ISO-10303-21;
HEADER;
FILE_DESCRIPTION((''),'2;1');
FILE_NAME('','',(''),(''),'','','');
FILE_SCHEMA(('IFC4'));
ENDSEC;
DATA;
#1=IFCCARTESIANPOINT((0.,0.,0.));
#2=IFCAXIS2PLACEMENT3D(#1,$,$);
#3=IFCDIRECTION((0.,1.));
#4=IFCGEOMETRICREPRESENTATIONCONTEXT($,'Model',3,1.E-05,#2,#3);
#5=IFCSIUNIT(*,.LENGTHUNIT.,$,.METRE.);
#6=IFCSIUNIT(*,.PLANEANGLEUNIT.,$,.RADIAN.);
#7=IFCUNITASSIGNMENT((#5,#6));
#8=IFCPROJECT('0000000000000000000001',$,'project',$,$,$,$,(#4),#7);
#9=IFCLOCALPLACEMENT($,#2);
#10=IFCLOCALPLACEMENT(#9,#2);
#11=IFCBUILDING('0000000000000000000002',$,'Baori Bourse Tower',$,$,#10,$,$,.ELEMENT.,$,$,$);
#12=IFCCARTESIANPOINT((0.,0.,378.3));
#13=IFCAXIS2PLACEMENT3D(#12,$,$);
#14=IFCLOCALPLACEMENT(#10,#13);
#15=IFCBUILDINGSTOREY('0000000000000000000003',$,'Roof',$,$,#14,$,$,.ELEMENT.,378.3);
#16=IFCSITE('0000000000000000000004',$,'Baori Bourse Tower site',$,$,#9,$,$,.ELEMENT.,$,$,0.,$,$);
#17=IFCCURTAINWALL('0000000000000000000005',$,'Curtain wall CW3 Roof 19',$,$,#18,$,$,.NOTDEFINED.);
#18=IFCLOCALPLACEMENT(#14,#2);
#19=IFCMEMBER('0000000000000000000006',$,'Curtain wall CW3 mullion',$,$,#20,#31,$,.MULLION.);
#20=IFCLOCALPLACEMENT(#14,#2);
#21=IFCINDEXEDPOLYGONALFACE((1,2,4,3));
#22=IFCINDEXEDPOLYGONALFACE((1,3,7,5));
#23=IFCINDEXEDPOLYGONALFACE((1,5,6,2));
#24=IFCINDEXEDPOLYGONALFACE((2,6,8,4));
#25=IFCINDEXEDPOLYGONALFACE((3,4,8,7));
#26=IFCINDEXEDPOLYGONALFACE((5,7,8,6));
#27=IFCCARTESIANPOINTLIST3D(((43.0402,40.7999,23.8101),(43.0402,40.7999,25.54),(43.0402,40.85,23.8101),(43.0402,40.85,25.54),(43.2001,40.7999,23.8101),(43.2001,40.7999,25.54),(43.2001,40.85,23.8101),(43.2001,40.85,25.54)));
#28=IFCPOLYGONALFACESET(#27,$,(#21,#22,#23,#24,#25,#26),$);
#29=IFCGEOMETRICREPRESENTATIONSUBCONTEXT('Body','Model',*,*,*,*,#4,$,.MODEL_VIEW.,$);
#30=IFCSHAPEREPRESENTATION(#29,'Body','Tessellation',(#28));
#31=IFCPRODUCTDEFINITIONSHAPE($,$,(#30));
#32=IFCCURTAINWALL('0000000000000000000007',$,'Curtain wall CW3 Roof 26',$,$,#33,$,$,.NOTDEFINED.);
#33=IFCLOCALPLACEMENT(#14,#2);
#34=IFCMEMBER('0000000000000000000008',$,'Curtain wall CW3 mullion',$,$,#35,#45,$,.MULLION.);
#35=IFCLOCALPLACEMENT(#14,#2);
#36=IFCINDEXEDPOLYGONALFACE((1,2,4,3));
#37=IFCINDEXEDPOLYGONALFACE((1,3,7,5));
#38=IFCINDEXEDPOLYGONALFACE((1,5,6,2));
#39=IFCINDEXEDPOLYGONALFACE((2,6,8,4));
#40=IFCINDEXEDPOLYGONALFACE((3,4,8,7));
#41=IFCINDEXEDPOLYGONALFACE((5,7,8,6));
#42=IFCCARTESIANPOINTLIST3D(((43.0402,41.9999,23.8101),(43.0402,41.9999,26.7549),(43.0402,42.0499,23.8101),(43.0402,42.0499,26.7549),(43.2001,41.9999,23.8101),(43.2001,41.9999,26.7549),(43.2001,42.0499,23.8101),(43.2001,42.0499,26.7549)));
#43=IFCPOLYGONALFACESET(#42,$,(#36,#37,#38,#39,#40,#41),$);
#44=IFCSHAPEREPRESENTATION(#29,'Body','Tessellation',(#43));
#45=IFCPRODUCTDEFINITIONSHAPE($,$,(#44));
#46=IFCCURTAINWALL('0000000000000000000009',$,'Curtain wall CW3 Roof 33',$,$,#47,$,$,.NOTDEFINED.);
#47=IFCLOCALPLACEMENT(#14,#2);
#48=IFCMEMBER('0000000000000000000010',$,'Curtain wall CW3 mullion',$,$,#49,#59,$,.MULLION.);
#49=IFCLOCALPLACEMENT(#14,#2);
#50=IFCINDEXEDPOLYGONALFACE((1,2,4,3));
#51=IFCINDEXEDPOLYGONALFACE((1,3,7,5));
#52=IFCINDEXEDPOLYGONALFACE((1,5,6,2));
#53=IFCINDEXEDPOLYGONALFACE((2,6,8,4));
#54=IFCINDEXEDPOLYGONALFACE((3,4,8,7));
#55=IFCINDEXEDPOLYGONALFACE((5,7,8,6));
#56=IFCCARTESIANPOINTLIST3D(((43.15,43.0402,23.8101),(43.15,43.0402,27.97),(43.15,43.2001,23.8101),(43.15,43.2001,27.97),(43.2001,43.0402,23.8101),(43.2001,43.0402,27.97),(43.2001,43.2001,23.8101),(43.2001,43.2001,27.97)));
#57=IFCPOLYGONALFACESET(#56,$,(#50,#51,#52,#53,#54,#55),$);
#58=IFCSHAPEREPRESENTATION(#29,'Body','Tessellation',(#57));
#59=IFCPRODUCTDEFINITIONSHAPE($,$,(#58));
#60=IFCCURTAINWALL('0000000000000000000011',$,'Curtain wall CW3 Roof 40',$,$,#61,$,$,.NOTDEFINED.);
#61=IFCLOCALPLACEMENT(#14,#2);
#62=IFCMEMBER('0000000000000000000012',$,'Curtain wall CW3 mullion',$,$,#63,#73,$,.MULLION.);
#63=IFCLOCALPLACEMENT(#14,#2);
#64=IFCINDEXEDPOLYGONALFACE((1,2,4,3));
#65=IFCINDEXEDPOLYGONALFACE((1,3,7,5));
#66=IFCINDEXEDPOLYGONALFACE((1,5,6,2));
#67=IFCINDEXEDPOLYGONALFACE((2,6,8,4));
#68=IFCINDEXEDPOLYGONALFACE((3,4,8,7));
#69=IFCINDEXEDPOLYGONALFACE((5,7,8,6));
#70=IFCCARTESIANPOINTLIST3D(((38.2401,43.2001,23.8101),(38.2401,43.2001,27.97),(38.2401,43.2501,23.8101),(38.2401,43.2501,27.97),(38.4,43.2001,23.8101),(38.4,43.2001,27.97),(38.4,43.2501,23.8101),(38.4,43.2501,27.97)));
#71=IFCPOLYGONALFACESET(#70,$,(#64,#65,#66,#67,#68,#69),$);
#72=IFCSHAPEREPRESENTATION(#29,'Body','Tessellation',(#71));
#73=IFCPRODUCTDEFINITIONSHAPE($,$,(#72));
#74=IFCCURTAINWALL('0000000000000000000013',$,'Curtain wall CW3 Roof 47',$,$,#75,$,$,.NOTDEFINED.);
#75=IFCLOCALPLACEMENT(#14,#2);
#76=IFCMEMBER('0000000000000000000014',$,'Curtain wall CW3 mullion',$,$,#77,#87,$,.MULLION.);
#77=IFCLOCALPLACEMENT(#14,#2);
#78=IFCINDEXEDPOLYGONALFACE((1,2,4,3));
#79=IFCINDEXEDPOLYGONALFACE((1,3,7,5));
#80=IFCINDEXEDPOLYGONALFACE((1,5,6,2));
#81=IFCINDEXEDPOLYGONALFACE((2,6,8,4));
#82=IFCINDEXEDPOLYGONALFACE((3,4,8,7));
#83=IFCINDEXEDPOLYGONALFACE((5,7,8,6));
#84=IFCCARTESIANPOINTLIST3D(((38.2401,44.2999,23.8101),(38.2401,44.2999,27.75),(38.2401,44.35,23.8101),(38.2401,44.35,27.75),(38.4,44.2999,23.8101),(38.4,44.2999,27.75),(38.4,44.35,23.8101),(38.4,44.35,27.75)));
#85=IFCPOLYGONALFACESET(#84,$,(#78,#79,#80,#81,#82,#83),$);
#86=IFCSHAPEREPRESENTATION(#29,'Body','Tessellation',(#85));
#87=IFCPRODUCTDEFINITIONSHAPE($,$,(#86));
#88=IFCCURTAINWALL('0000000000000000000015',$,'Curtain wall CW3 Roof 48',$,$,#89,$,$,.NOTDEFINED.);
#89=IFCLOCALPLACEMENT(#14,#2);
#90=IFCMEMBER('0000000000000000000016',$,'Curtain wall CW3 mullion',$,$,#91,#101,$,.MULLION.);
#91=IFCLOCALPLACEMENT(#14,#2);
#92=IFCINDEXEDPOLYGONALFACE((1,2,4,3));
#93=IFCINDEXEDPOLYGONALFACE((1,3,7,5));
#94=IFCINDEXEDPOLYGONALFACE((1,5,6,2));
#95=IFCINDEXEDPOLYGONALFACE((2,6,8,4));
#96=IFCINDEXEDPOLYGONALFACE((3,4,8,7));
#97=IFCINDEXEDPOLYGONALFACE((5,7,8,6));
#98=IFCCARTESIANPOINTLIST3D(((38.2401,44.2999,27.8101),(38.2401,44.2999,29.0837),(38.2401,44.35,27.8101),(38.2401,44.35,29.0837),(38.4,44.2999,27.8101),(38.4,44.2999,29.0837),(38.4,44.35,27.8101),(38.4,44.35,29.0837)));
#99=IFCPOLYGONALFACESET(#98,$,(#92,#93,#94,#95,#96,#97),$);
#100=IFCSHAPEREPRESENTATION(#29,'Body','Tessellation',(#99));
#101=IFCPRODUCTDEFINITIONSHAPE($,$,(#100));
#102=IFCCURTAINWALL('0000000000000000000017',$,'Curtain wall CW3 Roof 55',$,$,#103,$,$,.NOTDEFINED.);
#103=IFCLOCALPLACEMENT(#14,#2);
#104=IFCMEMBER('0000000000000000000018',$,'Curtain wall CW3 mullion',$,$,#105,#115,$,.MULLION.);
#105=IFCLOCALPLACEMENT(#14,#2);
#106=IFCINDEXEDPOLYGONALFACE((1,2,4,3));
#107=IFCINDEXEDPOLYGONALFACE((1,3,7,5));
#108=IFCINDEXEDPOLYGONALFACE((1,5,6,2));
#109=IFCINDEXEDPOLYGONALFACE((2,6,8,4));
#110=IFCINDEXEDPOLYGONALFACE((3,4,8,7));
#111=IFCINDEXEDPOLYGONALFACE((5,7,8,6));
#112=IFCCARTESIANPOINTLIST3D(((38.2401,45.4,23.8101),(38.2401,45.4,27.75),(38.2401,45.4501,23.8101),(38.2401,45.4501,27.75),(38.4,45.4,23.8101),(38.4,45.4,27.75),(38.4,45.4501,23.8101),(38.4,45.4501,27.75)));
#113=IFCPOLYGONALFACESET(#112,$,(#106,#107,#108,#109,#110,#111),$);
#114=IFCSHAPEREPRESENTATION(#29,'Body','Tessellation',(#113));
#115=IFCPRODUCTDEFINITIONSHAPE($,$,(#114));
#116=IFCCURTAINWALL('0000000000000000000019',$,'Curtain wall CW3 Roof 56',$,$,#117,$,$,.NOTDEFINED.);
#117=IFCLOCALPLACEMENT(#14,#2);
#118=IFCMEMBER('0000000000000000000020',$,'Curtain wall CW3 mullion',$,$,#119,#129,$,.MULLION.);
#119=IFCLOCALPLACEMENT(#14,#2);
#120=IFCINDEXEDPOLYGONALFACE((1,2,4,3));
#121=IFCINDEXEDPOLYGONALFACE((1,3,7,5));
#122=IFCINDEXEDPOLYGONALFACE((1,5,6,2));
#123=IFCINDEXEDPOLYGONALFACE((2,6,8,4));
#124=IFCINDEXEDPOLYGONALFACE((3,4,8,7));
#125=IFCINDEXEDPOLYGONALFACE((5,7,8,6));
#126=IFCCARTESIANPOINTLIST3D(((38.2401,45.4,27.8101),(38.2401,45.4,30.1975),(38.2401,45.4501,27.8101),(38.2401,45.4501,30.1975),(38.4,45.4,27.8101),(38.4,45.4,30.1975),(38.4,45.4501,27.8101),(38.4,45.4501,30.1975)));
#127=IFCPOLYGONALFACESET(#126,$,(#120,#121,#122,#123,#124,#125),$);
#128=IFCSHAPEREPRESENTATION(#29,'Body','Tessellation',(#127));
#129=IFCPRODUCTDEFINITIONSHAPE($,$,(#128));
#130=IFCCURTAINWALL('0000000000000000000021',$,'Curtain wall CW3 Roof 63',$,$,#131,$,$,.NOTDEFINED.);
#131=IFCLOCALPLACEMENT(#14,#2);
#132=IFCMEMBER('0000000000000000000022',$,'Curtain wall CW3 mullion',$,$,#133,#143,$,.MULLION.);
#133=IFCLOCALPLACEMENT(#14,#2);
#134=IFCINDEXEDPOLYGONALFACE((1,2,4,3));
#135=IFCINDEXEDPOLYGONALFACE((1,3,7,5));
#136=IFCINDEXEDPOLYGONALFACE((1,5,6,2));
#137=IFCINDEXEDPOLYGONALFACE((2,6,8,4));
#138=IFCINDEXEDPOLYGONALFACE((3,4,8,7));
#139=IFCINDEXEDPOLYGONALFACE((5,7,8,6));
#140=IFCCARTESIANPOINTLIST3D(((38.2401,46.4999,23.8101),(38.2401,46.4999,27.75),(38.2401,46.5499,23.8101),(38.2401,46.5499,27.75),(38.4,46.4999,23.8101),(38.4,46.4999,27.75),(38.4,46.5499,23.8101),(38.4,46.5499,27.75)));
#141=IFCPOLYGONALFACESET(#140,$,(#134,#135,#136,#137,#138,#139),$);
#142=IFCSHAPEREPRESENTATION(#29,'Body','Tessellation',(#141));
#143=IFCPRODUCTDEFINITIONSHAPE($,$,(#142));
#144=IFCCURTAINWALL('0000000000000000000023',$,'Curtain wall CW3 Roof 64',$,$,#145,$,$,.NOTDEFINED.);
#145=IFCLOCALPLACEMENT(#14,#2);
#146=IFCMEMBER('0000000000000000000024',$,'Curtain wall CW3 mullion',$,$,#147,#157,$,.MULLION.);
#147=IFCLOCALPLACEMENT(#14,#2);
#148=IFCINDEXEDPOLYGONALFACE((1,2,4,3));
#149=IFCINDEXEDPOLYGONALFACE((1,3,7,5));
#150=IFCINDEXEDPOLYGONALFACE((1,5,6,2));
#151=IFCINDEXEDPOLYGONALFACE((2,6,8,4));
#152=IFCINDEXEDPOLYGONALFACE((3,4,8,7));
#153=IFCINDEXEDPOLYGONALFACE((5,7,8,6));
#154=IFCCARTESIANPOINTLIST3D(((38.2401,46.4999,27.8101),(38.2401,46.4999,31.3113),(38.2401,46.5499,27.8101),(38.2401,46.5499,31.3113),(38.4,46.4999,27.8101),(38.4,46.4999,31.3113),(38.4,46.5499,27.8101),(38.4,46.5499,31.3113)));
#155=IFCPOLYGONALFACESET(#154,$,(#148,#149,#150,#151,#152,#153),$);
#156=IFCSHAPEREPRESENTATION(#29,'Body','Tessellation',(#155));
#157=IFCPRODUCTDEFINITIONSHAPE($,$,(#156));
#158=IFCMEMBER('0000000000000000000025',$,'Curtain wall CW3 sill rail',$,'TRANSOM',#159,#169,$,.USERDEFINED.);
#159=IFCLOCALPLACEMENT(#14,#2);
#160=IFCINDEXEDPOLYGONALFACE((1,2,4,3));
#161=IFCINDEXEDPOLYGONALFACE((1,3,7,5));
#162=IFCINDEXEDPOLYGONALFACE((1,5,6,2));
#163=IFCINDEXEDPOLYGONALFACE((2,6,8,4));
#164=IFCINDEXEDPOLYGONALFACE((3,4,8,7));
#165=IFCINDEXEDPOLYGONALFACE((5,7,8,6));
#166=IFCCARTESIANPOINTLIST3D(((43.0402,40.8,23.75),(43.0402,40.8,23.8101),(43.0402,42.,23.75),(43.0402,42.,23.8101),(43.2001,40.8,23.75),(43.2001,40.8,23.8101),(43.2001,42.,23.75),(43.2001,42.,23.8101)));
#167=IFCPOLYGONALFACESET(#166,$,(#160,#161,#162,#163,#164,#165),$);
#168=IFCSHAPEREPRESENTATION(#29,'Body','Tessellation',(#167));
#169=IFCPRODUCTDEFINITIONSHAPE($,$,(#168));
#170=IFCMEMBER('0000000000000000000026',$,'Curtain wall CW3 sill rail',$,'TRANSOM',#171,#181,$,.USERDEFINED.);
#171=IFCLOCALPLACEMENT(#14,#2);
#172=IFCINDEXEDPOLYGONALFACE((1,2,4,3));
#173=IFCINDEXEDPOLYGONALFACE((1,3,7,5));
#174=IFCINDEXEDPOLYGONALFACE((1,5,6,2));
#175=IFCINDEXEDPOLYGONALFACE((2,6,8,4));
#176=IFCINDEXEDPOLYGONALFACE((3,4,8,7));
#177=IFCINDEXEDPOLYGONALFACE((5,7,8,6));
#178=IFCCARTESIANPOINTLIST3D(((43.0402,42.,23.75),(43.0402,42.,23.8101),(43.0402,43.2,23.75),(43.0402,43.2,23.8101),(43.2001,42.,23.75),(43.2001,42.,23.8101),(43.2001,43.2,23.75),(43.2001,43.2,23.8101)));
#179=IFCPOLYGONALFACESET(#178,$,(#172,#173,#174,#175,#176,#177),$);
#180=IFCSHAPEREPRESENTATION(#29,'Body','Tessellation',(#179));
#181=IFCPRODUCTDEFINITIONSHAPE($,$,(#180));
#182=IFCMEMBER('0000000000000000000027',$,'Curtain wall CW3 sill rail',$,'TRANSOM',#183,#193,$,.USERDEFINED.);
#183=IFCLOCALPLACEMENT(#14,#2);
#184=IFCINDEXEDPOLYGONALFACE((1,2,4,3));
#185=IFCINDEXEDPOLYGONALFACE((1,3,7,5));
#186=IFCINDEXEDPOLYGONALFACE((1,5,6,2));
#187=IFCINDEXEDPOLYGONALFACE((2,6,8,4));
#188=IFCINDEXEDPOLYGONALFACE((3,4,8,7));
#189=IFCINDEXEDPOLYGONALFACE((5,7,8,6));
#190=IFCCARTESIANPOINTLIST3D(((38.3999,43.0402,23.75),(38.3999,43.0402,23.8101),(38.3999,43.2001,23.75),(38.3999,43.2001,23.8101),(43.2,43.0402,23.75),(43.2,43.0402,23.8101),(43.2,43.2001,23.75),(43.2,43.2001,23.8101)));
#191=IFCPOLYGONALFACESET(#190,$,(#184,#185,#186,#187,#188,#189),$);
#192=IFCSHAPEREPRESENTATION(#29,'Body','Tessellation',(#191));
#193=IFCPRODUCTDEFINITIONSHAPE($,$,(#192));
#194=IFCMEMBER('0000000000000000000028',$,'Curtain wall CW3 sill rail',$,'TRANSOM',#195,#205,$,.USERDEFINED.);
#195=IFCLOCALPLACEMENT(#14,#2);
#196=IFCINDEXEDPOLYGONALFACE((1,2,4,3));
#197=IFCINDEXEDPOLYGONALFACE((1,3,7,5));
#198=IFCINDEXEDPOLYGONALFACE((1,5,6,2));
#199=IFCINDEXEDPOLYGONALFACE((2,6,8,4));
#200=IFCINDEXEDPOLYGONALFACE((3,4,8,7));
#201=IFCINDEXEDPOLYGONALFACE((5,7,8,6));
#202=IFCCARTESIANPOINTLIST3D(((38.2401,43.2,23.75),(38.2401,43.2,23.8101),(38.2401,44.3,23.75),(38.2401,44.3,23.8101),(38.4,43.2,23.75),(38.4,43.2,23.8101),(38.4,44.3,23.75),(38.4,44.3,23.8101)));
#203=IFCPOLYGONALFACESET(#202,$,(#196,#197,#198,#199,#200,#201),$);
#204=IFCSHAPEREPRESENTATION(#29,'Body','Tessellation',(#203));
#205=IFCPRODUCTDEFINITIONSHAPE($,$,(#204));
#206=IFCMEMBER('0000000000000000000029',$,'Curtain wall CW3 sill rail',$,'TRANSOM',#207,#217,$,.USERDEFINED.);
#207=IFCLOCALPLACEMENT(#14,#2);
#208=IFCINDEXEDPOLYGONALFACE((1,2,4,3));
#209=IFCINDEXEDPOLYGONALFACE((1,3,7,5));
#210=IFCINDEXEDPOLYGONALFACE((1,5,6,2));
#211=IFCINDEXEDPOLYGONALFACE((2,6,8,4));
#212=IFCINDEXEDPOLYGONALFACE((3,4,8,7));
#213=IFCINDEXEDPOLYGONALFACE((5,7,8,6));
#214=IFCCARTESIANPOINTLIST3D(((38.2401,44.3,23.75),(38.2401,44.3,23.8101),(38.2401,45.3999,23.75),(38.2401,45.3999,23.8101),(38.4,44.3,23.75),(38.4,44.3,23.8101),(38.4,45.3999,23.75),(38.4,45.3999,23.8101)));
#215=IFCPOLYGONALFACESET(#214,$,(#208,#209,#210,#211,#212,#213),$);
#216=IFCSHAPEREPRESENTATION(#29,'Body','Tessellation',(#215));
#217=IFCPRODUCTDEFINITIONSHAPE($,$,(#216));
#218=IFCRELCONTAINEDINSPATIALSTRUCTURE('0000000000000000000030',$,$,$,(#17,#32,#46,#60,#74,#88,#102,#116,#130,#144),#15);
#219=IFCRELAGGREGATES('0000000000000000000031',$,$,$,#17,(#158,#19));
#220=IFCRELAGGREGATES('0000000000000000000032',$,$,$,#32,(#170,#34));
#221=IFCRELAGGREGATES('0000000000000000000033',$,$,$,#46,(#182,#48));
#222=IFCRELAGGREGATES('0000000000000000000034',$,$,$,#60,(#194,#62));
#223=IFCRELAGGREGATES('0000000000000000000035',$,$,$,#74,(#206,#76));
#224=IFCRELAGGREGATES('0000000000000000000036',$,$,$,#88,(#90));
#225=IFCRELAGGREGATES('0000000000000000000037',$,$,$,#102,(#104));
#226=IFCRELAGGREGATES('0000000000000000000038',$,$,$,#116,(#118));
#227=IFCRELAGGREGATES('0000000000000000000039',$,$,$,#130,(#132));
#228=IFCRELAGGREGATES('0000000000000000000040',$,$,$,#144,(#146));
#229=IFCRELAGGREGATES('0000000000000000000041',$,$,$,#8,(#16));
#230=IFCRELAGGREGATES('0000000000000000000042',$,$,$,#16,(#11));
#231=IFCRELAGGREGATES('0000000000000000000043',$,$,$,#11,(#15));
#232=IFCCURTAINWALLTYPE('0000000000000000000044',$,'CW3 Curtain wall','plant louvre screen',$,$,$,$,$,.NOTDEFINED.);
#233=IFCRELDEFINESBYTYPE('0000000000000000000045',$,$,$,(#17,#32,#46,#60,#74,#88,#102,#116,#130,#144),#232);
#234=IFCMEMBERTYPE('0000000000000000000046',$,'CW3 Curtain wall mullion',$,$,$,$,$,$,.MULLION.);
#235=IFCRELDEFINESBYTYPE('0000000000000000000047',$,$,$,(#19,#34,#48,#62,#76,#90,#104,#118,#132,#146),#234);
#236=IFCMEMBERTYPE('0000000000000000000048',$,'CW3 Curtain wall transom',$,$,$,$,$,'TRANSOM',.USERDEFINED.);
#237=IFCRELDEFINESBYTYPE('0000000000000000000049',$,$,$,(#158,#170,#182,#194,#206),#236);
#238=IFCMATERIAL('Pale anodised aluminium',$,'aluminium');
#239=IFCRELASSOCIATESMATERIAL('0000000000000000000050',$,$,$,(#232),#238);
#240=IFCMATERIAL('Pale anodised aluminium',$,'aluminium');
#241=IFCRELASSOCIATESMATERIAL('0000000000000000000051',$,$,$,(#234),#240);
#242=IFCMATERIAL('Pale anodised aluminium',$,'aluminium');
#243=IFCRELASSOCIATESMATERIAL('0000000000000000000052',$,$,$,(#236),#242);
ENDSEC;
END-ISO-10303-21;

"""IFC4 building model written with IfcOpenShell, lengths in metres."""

from ifc_helpers import new_model, si_unit, direction, frame, origin, origin_2d, place, context, subcontext, project, spatial, rectangle, extrude, material, material_profile, profile_set, type_object, element, aggregate, save


model = new_model("IFC4")

# Units and contexts
model_context = context("Model", 3, precision=1e-05, world=origin(), true_north=direction((0.0, 1.0)))
body_context = subcontext(model_context, "Body", "Model", "MODEL_VIEW")
ifc_project = project(units=[si_unit("LENGTHUNIT", "METRE"), si_unit("PLANEANGLEUNIT", "RADIAN")], contexts=[model_context])

# Site, building, storey
site_placement = place(None, origin())
site = spatial("IfcSite", under=ifc_project, at=site_placement, Name="Baori Bourse Tower site", CompositionType="ELEMENT", RefElevation=0.0)
building_placement = place(site_placement, origin())
building = spatial("IfcBuilding", under=site, at=building_placement, Name="Baori Bourse Tower", CompositionType="ELEMENT")
storey_placement = place(building_placement, frame((0.0, 0.0, 378.3)))
storey = spatial("IfcBuildingStorey", under=building, at=storey_placement, Name="Roof", CompositionType="ELEMENT", Elevation=378.3)

# Curtain walls, members
ifc_material_1 = material(Name="Pale anodised aluminium", Category="aluminium")
curtain_wall_type = type_object("IfcCurtainWallType", Name="CW3 Curtain wall", Description="plant louvre screen", PredefinedType="NOTDEFINED", material=ifc_material_1)
curtain_wall_1_placement = place(storey_placement, origin())
curtain_wall_1 = element("IfcCurtainWall", 1, at=curtain_wall_1_placement, inside=storey, type_object=curtain_wall_type, Name="Curtain wall CW3 Roof 19", PredefinedType="NOTDEFINED")
ifc_material_2 = material(Name="Pale anodised aluminium", Category="aluminium")
ifc_material_profile_1 = material_profile(ifc_material_2, rectangle(XDim=0.1599, YDim=0.05, at=origin_2d()), Name="Mullion 50x160")
ifc_profile_set_1 = profile_set([ifc_material_profile_1], Name="Pale anodised aluminium")
member_type_1 = type_object("IfcMemberType", Name="CW3 Curtain wall mullion", PredefinedType="MULLION", material=ifc_profile_set_1)
member_1_placement = place(storey_placement, frame((43.1201, 40.825, 23.8101), z_axis=(0.0, 0.0, 1.0), x_axis=(-1.0, 0.0, 0.0)))
member_1 = element("IfcMember", 2, at=member_1_placement, type_object=member_type_1, Name="Curtain wall CW3 mullion", PredefinedType="MULLION", context=body_context, shape_type="SweptSolid", body=[
    extrude(rectangle(XDim=0.1599, YDim=0.05, at=origin_2d()), origin(), (0.0, 0.0, 1.0), 1.73),
])
curtain_wall_2_placement = place(storey_placement, origin())
curtain_wall_2 = element("IfcCurtainWall", 3, at=curtain_wall_2_placement, inside=storey, type_object=curtain_wall_type, Name="Curtain wall CW3 Roof 26", PredefinedType="NOTDEFINED")
member_2_placement = place(storey_placement, frame((43.1201, 42.0249, 23.8101), z_axis=(0.0, 0.0, 1.0), x_axis=(-1.0, 0.0, 0.0)))
member_2 = element("IfcMember", 4, at=member_2_placement, type_object=member_type_1, Name="Curtain wall CW3 mullion", PredefinedType="MULLION", context=body_context, shape_type="SweptSolid", body=[
    extrude(rectangle(XDim=0.1599, YDim=0.05, at=origin_2d()), origin(), (0.0, 0.0, 1.0), 2.9448),
])
curtain_wall_3_placement = place(storey_placement, origin())
curtain_wall_3 = element("IfcCurtainWall", 5, at=curtain_wall_3_placement, inside=storey, type_object=curtain_wall_type, Name="Curtain wall CW3 Roof 33", PredefinedType="NOTDEFINED")
member_3_placement = place(storey_placement, frame((43.175, 43.1201, 23.8101), z_axis=(0.0, 0.0, 1.0), x_axis=(0.0, -1.0, 0.0)))
member_3 = element("IfcMember", 6, at=member_3_placement, type_object=member_type_1, Name="Curtain wall CW3 mullion", PredefinedType="MULLION", context=body_context, shape_type="SweptSolid", body=[
    extrude(rectangle(XDim=0.1599, YDim=0.05, at=origin_2d()), origin(), (0.0, 0.0, 1.0), 4.1599),
])
curtain_wall_4_placement = place(storey_placement, origin())
curtain_wall_4 = element("IfcCurtainWall", 7, at=curtain_wall_4_placement, inside=storey, type_object=curtain_wall_type, Name="Curtain wall CW3 Roof 40", PredefinedType="NOTDEFINED")
member_4_placement = place(storey_placement, frame((38.3201, 43.2251, 23.8101), z_axis=(0.0, 0.0, 1.0), x_axis=(-1.0, 0.0, 0.0)))
member_4 = element("IfcMember", 8, at=member_4_placement, type_object=member_type_1, Name="Curtain wall CW3 mullion", PredefinedType="MULLION", context=body_context, shape_type="SweptSolid", body=[
    extrude(rectangle(XDim=0.1599, YDim=0.05, at=origin_2d()), origin(), (0.0, 0.0, 1.0), 4.1599),
])
curtain_wall_5_placement = place(storey_placement, origin())
curtain_wall_5 = element("IfcCurtainWall", 9, at=curtain_wall_5_placement, inside=storey, type_object=curtain_wall_type, Name="Curtain wall CW3 Roof 47", PredefinedType="NOTDEFINED")
member_5_placement = place(storey_placement, frame((38.3201, 44.325, 23.8101), z_axis=(0.0, 0.0, 1.0), x_axis=(-1.0, 0.0, 0.0)))
member_5 = element("IfcMember", 10, at=member_5_placement, type_object=member_type_1, Name="Curtain wall CW3 mullion", PredefinedType="MULLION", context=body_context, shape_type="SweptSolid", body=[
    extrude(rectangle(XDim=0.1599, YDim=0.05, at=origin_2d()), origin(), (0.0, 0.0, 1.0), 3.9399),
])
curtain_wall_6_placement = place(storey_placement, origin())
curtain_wall_6 = element("IfcCurtainWall", 11, at=curtain_wall_6_placement, inside=storey, type_object=curtain_wall_type, Name="Curtain wall CW3 Roof 48", PredefinedType="NOTDEFINED")
member_6_placement = place(storey_placement, frame((38.3201, 44.325, 27.8101), z_axis=(0.0, 0.0, 1.0), x_axis=(-1.0, 0.0, 0.0)))
member_6 = element("IfcMember", 12, at=member_6_placement, type_object=member_type_1, Name="Curtain wall CW3 mullion", PredefinedType="MULLION", context=body_context, shape_type="SweptSolid", body=[
    extrude(rectangle(XDim=0.1599, YDim=0.05, at=origin_2d()), origin(), (0.0, 0.0, 1.0), 1.2737),
])
curtain_wall_7_placement = place(storey_placement, origin())
curtain_wall_7 = element("IfcCurtainWall", 13, at=curtain_wall_7_placement, inside=storey, type_object=curtain_wall_type, Name="Curtain wall CW3 Roof 55", PredefinedType="NOTDEFINED")
member_7_placement = place(storey_placement, frame((38.3201, 45.425, 23.8101), z_axis=(0.0, 0.0, 1.0), x_axis=(-1.0, 0.0, 0.0)))
member_7 = element("IfcMember", 14, at=member_7_placement, type_object=member_type_1, Name="Curtain wall CW3 mullion", PredefinedType="MULLION", context=body_context, shape_type="SweptSolid", body=[
    extrude(rectangle(XDim=0.1599, YDim=0.05, at=origin_2d()), origin(), (0.0, 0.0, 1.0), 3.9399),
])
curtain_wall_8_placement = place(storey_placement, origin())
curtain_wall_8 = element("IfcCurtainWall", 15, at=curtain_wall_8_placement, inside=storey, type_object=curtain_wall_type, Name="Curtain wall CW3 Roof 56", PredefinedType="NOTDEFINED")
member_8_placement = place(storey_placement, frame((38.3201, 45.425, 27.8101), z_axis=(0.0, 0.0, 1.0), x_axis=(-1.0, 0.0, 0.0)))
member_8 = element("IfcMember", 16, at=member_8_placement, type_object=member_type_1, Name="Curtain wall CW3 mullion", PredefinedType="MULLION", context=body_context, shape_type="SweptSolid", body=[
    extrude(rectangle(XDim=0.1599, YDim=0.05, at=origin_2d()), origin(), (0.0, 0.0, 1.0), 2.3875),
])
curtain_wall_9_placement = place(storey_placement, origin())
curtain_wall_9 = element("IfcCurtainWall", 17, at=curtain_wall_9_placement, inside=storey, type_object=curtain_wall_type, Name="Curtain wall CW3 Roof 63", PredefinedType="NOTDEFINED")
member_9_placement = place(storey_placement, frame((38.3201, 46.5249, 23.8101), z_axis=(0.0, 0.0, 1.0), x_axis=(-1.0, 0.0, 0.0)))
member_9 = element("IfcMember", 18, at=member_9_placement, type_object=member_type_1, Name="Curtain wall CW3 mullion", PredefinedType="MULLION", context=body_context, shape_type="SweptSolid", body=[
    extrude(rectangle(XDim=0.1599, YDim=0.05, at=origin_2d()), origin(), (0.0, 0.0, 1.0), 3.9399),
])
curtain_wall_10_placement = place(storey_placement, origin())
curtain_wall_10 = element("IfcCurtainWall", 19, at=curtain_wall_10_placement, inside=storey, type_object=curtain_wall_type, Name="Curtain wall CW3 Roof 64", PredefinedType="NOTDEFINED")
member_10_placement = place(storey_placement, frame((38.3201, 46.5249, 27.8101), z_axis=(0.0, 0.0, 1.0), x_axis=(-1.0, 0.0, 0.0)))
member_10 = element("IfcMember", 20, at=member_10_placement, type_object=member_type_1, Name="Curtain wall CW3 mullion", PredefinedType="MULLION", context=body_context, shape_type="SweptSolid", body=[
    extrude(rectangle(XDim=0.1599, YDim=0.05, at=origin_2d()), origin(), (0.0, 0.0, 1.0), 3.5012),
])

# Members
ifc_material_3 = material(Name="Pale anodised aluminium", Category="aluminium")
ifc_material_profile_2 = material_profile(ifc_material_3, rectangle(XDim=0.1599, YDim=0.0601, at=origin_2d()), Name="Transom 60x160")
ifc_profile_set_2 = profile_set([ifc_material_profile_2], Name="Pale anodised aluminium")
member_type_2 = type_object("IfcMemberType", Name="CW3 Curtain wall transom", ElementType="TRANSOM", PredefinedType="USERDEFINED", material=ifc_profile_set_2)
member_11_placement = place(storey_placement, frame((43.1201, 40.8, 23.78), z_axis=(0.0, 1.0, 0.0), x_axis=(-1.0, 0.0, 0.0)))
member_11 = element("IfcMember", 21, at=member_11_placement, type_object=member_type_2, Name="Curtain wall CW3 sill rail", ObjectType="TRANSOM", PredefinedType="USERDEFINED", context=body_context, shape_type="SweptSolid", body=[
    extrude(rectangle(XDim=0.1599, YDim=0.0601, at=origin_2d()), origin(), (0.0, 0.0, 1.0), 1.2),
])
member_12_placement = place(storey_placement, frame((43.1201, 42.0, 23.78), z_axis=(0.0, 1.0, 0.0), x_axis=(-1.0, 0.0, 0.0)))
member_12 = element("IfcMember", 22, at=member_12_placement, type_object=member_type_2, Name="Curtain wall CW3 sill rail", ObjectType="TRANSOM", PredefinedType="USERDEFINED", context=body_context, shape_type="SweptSolid", body=[
    extrude(rectangle(XDim=0.1599, YDim=0.0601, at=origin_2d()), origin(), (0.0, 0.0, 1.0), 1.2),
])
member_13_placement = place(storey_placement, frame((43.2, 43.1201, 23.78), z_axis=(-1.0, 0.0, 0.0), x_axis=(0.0, -1.0, 0.0)))
member_13 = element("IfcMember", 23, at=member_13_placement, type_object=member_type_2, Name="Curtain wall CW3 sill rail", ObjectType="TRANSOM", PredefinedType="USERDEFINED", context=body_context, shape_type="SweptSolid", body=[
    extrude(rectangle(XDim=0.1599, YDim=0.0601, at=origin_2d()), origin(), (0.0, 0.0, 1.0), 4.8),
])
member_14_placement = place(storey_placement, frame((38.3201, 43.2, 23.78), z_axis=(0.0, 1.0, 0.0), x_axis=(-1.0, 0.0, 0.0)))
member_14 = element("IfcMember", 24, at=member_14_placement, type_object=member_type_2, Name="Curtain wall CW3 sill rail", ObjectType="TRANSOM", PredefinedType="USERDEFINED", context=body_context, shape_type="SweptSolid", body=[
    extrude(rectangle(XDim=0.1599, YDim=0.0601, at=origin_2d()), origin(), (0.0, 0.0, 1.0), 1.1001),
])
member_15_placement = place(storey_placement, frame((38.3201, 44.3, 23.78), z_axis=(0.0, 1.0, 0.0), x_axis=(-1.0, 0.0, 0.0)))
member_15 = element("IfcMember", 25, at=member_15_placement, type_object=member_type_2, Name="Curtain wall CW3 sill rail", ObjectType="TRANSOM", PredefinedType="USERDEFINED", context=body_context, shape_type="SweptSolid", body=[
    extrude(rectangle(XDim=0.1599, YDim=0.0601, at=origin_2d()), origin(), (0.0, 0.0, 1.0), 1.0999),
])

aggregate(curtain_wall_1, [member_11, member_1])
aggregate(curtain_wall_2, [member_12, member_2])
aggregate(curtain_wall_3, [member_13, member_3])
aggregate(curtain_wall_4, [member_14, member_4])
aggregate(curtain_wall_5, [member_15, member_5])
aggregate(curtain_wall_6, [member_6])
aggregate(curtain_wall_7, [member_7])
aggregate(curtain_wall_8, [member_8])
aggregate(curtain_wall_9, [member_9])
aggregate(curtain_wall_10, [member_10])

save(model, "model.ifc")
